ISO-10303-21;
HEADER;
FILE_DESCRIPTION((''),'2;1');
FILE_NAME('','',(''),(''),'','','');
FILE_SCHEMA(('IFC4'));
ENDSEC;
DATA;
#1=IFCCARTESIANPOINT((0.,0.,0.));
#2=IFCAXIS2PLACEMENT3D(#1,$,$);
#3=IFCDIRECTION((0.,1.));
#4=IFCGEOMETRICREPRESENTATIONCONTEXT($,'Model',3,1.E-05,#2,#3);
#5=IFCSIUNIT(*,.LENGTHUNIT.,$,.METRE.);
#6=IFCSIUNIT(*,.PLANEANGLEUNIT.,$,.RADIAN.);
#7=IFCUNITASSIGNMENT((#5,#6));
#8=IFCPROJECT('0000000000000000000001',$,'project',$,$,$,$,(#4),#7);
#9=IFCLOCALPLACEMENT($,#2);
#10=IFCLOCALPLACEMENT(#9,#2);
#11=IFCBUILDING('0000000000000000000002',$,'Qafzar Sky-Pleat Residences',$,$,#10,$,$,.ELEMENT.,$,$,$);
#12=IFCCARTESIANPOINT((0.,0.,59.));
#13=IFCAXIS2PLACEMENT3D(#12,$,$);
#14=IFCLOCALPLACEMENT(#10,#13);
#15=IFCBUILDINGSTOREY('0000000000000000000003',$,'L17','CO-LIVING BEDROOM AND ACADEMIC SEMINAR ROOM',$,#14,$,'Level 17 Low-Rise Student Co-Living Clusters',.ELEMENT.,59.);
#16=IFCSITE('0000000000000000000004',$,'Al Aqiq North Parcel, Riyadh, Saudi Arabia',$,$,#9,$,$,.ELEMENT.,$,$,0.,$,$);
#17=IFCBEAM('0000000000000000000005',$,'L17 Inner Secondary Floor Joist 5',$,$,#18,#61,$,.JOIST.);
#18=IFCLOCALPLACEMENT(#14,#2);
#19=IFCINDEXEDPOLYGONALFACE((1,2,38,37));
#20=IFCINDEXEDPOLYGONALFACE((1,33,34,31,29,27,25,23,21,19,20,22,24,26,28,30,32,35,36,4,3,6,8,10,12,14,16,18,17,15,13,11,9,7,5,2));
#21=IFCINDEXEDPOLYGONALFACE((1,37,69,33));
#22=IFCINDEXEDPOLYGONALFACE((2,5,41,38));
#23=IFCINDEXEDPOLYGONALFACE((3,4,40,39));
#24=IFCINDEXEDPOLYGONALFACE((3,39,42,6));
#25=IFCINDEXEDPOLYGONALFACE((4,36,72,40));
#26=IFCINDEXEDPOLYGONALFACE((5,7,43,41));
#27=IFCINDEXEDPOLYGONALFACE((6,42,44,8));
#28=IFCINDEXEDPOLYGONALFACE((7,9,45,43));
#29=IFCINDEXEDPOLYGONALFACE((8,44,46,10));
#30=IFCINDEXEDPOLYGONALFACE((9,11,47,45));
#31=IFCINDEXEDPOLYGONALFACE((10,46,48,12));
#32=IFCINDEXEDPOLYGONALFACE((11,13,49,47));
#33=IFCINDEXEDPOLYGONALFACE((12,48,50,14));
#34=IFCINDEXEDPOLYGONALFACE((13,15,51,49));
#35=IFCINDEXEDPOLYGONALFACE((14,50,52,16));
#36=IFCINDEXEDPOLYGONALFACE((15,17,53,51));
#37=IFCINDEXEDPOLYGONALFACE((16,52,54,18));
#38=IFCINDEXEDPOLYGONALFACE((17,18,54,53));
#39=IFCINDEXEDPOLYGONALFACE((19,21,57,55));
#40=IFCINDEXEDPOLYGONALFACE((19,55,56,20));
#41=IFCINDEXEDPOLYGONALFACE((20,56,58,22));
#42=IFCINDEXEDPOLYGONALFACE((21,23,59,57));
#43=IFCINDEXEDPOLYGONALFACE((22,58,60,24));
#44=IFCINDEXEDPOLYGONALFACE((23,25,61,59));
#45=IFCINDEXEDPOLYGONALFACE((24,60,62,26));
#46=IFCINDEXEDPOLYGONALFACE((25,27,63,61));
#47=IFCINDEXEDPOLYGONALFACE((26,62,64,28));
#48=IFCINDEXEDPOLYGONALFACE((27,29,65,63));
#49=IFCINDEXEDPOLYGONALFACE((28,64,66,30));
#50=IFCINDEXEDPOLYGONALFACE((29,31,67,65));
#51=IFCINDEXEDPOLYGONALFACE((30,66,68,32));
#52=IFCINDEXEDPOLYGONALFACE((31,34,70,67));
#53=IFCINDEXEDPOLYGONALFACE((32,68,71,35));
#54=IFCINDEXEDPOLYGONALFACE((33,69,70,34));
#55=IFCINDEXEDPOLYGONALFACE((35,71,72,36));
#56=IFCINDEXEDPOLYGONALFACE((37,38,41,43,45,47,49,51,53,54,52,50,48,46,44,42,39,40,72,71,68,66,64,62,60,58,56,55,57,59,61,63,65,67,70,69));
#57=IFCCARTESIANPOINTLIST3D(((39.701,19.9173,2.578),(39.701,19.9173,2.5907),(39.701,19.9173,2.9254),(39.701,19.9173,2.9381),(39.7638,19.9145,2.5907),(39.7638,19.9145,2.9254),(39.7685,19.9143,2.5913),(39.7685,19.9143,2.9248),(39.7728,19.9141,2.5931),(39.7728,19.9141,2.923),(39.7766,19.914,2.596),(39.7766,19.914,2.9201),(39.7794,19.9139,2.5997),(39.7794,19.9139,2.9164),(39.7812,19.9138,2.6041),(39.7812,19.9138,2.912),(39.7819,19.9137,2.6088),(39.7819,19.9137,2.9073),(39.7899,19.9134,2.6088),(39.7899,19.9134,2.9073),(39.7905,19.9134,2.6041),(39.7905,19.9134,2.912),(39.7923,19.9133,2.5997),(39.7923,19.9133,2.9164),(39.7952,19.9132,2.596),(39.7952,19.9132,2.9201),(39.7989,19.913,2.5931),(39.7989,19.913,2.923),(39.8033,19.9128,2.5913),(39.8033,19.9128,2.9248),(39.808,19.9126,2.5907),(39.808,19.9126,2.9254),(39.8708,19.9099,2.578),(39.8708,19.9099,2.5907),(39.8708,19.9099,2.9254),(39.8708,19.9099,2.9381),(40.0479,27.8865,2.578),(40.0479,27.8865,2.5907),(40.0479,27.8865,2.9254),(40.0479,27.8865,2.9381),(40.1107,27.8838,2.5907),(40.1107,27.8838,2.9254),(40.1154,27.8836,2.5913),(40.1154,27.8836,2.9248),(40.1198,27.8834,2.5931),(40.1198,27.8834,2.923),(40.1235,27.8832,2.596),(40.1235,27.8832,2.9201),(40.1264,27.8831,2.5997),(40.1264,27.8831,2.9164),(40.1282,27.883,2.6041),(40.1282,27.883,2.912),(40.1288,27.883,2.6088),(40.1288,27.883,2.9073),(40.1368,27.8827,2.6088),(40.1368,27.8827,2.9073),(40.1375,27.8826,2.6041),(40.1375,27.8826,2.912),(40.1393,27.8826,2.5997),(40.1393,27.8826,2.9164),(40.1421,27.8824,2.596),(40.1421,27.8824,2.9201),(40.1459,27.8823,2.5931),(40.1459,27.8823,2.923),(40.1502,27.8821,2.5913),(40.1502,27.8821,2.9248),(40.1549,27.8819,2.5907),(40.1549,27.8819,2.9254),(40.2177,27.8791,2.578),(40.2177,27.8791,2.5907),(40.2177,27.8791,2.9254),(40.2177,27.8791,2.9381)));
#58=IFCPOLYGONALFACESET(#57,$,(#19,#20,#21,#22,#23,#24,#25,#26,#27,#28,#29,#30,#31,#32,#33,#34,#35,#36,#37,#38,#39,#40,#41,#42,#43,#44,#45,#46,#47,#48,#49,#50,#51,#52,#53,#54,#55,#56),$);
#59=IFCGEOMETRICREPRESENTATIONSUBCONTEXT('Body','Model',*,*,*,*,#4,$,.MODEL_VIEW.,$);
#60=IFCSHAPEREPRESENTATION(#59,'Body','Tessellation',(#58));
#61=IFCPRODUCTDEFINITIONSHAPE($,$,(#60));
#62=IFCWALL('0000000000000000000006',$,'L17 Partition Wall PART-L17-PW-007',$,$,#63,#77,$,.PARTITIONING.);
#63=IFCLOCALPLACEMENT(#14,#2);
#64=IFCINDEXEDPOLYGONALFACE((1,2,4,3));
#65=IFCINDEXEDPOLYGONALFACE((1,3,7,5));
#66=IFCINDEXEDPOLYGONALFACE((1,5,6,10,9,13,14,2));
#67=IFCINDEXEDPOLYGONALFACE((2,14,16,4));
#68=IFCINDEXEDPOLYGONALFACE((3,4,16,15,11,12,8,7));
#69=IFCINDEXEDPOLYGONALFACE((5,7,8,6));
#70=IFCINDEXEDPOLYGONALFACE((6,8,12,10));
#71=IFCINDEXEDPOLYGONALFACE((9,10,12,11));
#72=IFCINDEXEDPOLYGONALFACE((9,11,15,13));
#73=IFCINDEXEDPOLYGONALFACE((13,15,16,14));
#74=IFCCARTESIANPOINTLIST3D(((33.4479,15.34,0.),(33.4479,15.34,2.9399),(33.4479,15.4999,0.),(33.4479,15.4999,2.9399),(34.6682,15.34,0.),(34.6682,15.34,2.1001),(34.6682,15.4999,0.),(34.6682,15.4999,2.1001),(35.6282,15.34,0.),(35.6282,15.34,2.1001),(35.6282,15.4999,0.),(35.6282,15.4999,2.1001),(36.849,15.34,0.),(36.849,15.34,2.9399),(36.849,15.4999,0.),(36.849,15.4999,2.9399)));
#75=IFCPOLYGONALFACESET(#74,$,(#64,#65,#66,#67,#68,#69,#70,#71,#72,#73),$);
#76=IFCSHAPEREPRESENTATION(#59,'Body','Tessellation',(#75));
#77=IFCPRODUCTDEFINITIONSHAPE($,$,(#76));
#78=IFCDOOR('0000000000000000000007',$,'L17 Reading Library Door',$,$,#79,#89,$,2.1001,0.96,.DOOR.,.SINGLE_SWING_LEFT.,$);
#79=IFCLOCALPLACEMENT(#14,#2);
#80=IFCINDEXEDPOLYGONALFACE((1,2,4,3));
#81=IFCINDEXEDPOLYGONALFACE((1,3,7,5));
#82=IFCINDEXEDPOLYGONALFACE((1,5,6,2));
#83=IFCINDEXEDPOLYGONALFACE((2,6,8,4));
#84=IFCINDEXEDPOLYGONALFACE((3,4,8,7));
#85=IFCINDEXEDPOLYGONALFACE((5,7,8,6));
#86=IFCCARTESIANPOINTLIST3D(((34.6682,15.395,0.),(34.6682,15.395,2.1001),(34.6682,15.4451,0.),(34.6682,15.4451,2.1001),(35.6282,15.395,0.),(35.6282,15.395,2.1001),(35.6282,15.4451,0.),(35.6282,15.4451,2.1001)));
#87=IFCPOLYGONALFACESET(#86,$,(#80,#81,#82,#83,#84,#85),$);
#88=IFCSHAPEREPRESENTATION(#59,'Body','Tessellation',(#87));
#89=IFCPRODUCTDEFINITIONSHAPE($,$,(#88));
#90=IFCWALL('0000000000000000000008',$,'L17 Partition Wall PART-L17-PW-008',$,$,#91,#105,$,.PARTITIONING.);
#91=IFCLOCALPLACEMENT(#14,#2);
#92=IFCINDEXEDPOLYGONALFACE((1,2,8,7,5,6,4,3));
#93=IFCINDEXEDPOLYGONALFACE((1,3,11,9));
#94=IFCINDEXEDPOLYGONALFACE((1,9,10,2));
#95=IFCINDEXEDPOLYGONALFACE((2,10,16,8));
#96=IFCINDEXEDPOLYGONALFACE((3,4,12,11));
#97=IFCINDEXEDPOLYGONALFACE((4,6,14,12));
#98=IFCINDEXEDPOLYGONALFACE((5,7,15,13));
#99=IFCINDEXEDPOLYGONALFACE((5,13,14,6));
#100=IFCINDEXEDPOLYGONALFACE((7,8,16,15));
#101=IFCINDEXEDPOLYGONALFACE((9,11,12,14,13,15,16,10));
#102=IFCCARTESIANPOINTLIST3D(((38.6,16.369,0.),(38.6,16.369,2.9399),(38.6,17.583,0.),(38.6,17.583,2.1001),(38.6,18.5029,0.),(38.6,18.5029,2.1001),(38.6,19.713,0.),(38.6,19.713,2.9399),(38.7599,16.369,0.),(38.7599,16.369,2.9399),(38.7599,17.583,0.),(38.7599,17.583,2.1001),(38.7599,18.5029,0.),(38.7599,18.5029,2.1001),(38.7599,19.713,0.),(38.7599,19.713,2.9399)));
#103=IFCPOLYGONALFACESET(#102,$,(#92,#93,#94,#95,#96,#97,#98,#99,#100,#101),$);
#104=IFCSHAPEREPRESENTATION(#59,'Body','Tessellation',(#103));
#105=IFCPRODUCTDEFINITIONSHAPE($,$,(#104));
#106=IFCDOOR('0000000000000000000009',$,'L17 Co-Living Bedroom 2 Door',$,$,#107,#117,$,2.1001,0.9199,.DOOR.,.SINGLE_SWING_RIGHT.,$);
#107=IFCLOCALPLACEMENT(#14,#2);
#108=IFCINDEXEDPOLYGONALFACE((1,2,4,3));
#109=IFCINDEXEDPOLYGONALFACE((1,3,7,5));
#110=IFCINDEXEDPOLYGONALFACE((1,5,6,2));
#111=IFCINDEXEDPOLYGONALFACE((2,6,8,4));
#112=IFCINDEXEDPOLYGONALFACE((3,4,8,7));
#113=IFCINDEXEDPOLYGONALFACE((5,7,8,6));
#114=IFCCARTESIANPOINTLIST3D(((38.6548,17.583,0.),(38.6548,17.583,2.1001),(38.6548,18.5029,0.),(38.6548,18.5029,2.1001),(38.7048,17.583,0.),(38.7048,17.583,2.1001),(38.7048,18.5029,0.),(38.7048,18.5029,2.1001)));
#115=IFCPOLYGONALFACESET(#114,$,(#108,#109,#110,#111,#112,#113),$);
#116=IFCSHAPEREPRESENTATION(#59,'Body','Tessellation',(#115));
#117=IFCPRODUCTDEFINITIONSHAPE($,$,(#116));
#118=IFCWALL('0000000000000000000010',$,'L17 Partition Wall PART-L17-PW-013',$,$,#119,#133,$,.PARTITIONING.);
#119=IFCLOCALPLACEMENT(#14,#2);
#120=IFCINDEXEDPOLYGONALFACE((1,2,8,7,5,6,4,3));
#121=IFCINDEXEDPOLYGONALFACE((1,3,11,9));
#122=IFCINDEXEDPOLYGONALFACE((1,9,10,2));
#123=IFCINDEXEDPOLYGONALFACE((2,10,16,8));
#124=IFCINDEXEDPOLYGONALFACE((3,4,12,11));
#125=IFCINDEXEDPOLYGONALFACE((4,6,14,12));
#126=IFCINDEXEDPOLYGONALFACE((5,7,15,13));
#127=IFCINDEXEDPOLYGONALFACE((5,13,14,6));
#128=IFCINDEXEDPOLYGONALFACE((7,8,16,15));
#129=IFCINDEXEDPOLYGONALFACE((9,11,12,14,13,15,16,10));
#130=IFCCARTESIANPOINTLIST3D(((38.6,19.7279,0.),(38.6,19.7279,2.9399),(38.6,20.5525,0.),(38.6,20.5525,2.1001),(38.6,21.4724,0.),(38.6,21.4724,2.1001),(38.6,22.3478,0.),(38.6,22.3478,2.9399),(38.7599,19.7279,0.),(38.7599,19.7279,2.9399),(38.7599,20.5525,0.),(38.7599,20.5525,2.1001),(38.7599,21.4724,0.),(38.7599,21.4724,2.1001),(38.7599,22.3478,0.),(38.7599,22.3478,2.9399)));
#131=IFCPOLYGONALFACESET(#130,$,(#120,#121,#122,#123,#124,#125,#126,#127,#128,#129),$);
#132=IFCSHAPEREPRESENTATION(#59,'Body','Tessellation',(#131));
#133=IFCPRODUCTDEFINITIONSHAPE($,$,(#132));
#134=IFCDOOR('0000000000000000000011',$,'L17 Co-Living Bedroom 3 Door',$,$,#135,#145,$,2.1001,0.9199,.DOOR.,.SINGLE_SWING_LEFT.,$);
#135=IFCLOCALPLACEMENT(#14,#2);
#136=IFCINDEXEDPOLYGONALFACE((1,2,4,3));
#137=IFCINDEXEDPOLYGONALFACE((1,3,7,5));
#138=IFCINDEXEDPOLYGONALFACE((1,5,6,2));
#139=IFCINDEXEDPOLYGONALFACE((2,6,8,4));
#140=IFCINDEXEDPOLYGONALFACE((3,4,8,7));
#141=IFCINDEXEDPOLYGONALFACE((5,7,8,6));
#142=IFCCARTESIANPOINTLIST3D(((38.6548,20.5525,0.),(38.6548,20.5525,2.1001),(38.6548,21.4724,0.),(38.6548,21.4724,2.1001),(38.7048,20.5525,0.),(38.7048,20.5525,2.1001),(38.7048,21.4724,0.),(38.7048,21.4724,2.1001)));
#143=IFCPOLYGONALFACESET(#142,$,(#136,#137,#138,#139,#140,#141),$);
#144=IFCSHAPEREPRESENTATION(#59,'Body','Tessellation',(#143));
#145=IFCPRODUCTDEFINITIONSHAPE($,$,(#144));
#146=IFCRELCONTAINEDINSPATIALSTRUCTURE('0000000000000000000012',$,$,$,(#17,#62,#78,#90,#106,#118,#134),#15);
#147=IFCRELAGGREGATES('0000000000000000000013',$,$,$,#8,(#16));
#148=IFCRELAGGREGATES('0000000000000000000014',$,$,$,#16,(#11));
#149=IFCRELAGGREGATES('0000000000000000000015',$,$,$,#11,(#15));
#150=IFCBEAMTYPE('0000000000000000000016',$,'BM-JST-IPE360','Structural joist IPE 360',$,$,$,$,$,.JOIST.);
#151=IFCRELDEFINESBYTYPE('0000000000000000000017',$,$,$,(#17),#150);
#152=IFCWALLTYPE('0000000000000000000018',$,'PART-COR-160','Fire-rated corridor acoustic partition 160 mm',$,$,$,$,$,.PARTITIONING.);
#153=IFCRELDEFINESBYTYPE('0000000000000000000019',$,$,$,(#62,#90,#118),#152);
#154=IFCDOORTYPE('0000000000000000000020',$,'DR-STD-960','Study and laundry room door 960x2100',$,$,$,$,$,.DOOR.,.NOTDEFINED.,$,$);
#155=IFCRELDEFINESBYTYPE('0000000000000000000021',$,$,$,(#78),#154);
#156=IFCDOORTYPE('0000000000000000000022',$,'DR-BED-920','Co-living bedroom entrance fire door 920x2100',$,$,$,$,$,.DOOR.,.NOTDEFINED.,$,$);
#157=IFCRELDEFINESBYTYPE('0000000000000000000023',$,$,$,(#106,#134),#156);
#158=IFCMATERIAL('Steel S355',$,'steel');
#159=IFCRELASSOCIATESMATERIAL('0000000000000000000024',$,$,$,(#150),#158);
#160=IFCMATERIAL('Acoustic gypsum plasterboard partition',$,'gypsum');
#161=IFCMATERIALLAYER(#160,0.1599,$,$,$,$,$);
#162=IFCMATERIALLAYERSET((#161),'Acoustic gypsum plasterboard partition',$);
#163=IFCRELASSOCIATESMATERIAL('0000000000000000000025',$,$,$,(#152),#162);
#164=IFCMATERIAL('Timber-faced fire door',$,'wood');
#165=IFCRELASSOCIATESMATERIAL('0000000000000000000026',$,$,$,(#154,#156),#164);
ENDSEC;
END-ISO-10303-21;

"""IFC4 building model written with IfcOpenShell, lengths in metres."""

from ifc_helpers import new_model, si_unit, direction, frame, frame_2d, origin, origin_2d, place, context, subcontext, project, spatial, rectangle, i_section, extrude, source, transform, mapped, material, layer, layer_set, material_profile, profile_set, type_object, element, fill, save


model = new_model("IFC4")

# Units and contexts
model_context = context("Model", 3, precision=1e-05, world=origin(), true_north=direction((0.0, 1.0)))
body_context = subcontext(model_context, "Body", "Model", "MODEL_VIEW")
ifc_project = project(units=[si_unit("LENGTHUNIT", "METRE"), si_unit("PLANEANGLEUNIT", "RADIAN")], contexts=[model_context])

# Site, building, storey
site_placement = place(None, origin())
site = spatial("IfcSite", under=ifc_project, at=site_placement, Name="Al Aqiq North Parcel, Riyadh, Saudi Arabia", CompositionType="ELEMENT", RefElevation=0.0)
building_placement = place(site_placement, origin())
building = spatial("IfcBuilding", under=site, at=building_placement, Name="Qafzar Sky-Pleat Residences", CompositionType="ELEMENT")
storey_placement = place(building_placement, frame((0.0, 0.0, 59.0)))
storey = spatial("IfcBuildingStorey", under=building, at=storey_placement, Name="L17", Description="CO-LIVING BEDROOM AND ACADEMIC SEMINAR ROOM", LongName="Level 17 Low-Rise Student Co-Living Clusters", CompositionType="ELEMENT", Elevation=59.0)

# Beam
ifc_material_1 = material(Name="Steel S355", Category="steel")
ifc_material_profile = material_profile(ifc_material_1, i_section(OverallWidth=0.1699, OverallDepth=0.3601, WebThickness=0.0081, FlangeThickness=0.0127, FilletRadius=0.0181, at=origin_2d()), Name="IPE 360")
ifc_profile_set = profile_set([ifc_material_profile], Name="Steel S355")
beam_type = type_object("IfcBeamType", Name="BM-JST-IPE360", Description="Structural joist IPE 360", PredefinedType="JOIST", material=ifc_profile_set)
shared_shape_1 = source(origin(), body_context, "Body", "SweptSolid", [
    extrude(i_section(OverallWidth=0.1699, OverallDepth=0.3601, WebThickness=0.0081, FlangeThickness=0.0127, FilletRadius=0.0181, at=origin_2d()), origin(), (0.0, 0.0, 1.0), 7.9768),
])
beam_placement = place(storey_placement, frame((39.7859, 19.9136, 2.7581), z_axis=(0.043492, 0.999054, 0.0), x_axis=(-0.999054, 0.043492, 0.0)))
element("IfcBeam", 1, at=beam_placement, inside=storey, type_object=beam_type, Name="L17 Inner Secondary Floor Joist 5", PredefinedType="JOIST", context=body_context, shape_type="MappedRepresentation", body=[
    mapped(shared_shape_1, transform((0.0, 0.0, 0.0), x_axis=(1.0, 0.0, 0.0), y_axis=(0.0, 1.0, 0.0), z_axis=(0.0, 0.0, 1.0), scale=1.0)),
])

# Walls, openings, doors
ifc_material_2 = material(Name="Acoustic gypsum plasterboard partition", Category="gypsum")
ifc_layer_1 = layer(ifc_material_2, 0.1599)
ifc_layer_set_1 = layer_set([ifc_layer_1], Name="Acoustic gypsum plasterboard partition")
wall_type_1 = type_object("IfcWallType", Name="PART-COR-160", Description="Fire-rated corridor acoustic partition 160 mm", PredefinedType="PARTITIONING", material=ifc_layer_set_1)
wall_1_placement = place(storey_placement, frame((36.8491, 15.4199, 0.0), z_axis=(0.0, 0.0, 1.0), x_axis=(-1.0, 0.0, 0.0)))
wall_1 = element("IfcWall", 2, at=wall_1_placement, inside=storey, type_object=wall_type_1, Name="L17 Partition Wall PART-L17-PW-007", PredefinedType="PARTITIONING", context=body_context, shape_type="SweptSolid", body=[
    extrude(rectangle(XDim=3.4011, YDim=0.1599, at=frame_2d((1.7007, 0.0))), origin(), (0.0, 0.0, 1.0), 2.9399),
])
opening_1_placement = place(wall_1_placement, frame((1.2209, 0.0, 0.0)))
opening_1 = element("IfcOpeningElement", 3, at=opening_1_placement, cuts=wall_1, PredefinedType="OPENING", context=body_context, shape_type="SweptSolid", body=[
    extrude(rectangle(XDim=0.96, YDim=2.1001, at=frame_2d((0.48, 1.05))), frame((0.0, 0.0898, 0.0), z_axis=(0.0, -1.0, 0.0), x_axis=(1.0, 0.0, 0.0)), (0.0, 0.0, 1.0), 0.1799),
])
ifc_material_3 = material(Name="Timber-faced fire door", Category="wood")
door_type_1 = type_object("IfcDoorType", Name="DR-STD-960", Description="Study and laundry room door 960x2100", OperationType="NOTDEFINED", PredefinedType="DOOR", material=ifc_material_3)
shared_shape_2 = source(origin(), body_context, "Body", "SweptSolid", [
    extrude(rectangle(XDim=0.96, YDim=2.1001, at=frame_2d((0.48, 1.05))), frame((0.0, 0.0249, 0.0), z_axis=(0.0, -1.0, 0.0), x_axis=(1.0, 0.0, 0.0)), (0.0, 0.0, 1.0), 0.05),
])
door_1_placement = place(opening_1_placement, origin())
door_1 = element("IfcDoor", 4, at=door_1_placement, inside=storey, type_object=door_type_1, Name="L17 Reading Library Door", OperationType="SINGLE_SWING_LEFT", OverallHeight=2.1001, OverallWidth=0.96, PredefinedType="DOOR", context=body_context, shape_type="MappedRepresentation", body=[
    mapped(shared_shape_2, transform((0.0, 0.0, 0.0), x_axis=(1.0, 0.0, 0.0), y_axis=(0.0, 1.0, 0.0), z_axis=(0.0, 0.0, 1.0), scale=1.0)),
])
fill(opening_1, door_1)
wall_2_placement = place(storey_placement, frame((38.6799, 19.7129, 0.0), z_axis=(0.0, 0.0, 1.0), x_axis=(0.0, -1.0, 0.0)))
wall_2 = element("IfcWall", 5, at=wall_2_placement, inside=storey, type_object=wall_type_1, Name="L17 Partition Wall PART-L17-PW-008", PredefinedType="PARTITIONING", context=body_context, shape_type="SweptSolid", body=[
    extrude(rectangle(XDim=3.344, YDim=0.1599, at=frame_2d((1.6719, 0.0))), origin(), (0.0, 0.0, 1.0), 2.9399),
])
opening_2_placement = place(wall_2_placement, frame((1.21, 0.0, 0.0)))
opening_2 = element("IfcOpeningElement", 6, at=opening_2_placement, cuts=wall_2, PredefinedType="OPENING", context=body_context, shape_type="SweptSolid", body=[
    extrude(rectangle(XDim=0.9199, YDim=2.1001, at=frame_2d((0.46, 1.05))), frame((0.0, 0.0898, 0.0), z_axis=(0.0, -1.0, 0.0), x_axis=(1.0, 0.0, 0.0)), (0.0, 0.0, 1.0), 0.1799),
])
door_type_2 = type_object("IfcDoorType", Name="DR-BED-920", Description="Co-living bedroom entrance fire door 920x2100", OperationType="NOTDEFINED", PredefinedType="DOOR", material=ifc_material_3)
shared_shape_3 = source(origin(), body_context, "Body", "SweptSolid", [
    extrude(rectangle(XDim=0.9199, YDim=2.1001, at=frame_2d((0.46, 1.05))), frame((0.0, 0.0249, 0.0), z_axis=(0.0, -1.0, 0.0), x_axis=(1.0, 0.0, 0.0)), (0.0, 0.0, 1.0), 0.05),
])
door_2_placement = place(opening_2_placement, origin())
door_2 = element("IfcDoor", 7, at=door_2_placement, inside=storey, type_object=door_type_2, Name="L17 Co-Living Bedroom 2 Door", OperationType="SINGLE_SWING_RIGHT", OverallHeight=2.1001, OverallWidth=0.9199, PredefinedType="DOOR", context=body_context, shape_type="MappedRepresentation", body=[
    mapped(shared_shape_3, transform((0.0, 0.0, 0.0), x_axis=(1.0, 0.0, 0.0), y_axis=(0.0, 1.0, 0.0), z_axis=(0.0, 0.0, 1.0), scale=1.0)),
])
fill(opening_2, door_2)
wall_3_placement = place(storey_placement, frame((38.6799, 22.3479, 0.0), z_axis=(0.0, 0.0, 1.0), x_axis=(0.0, -1.0, 0.0)))
wall_3 = element("IfcWall", 8, at=wall_3_placement, inside=storey, type_object=wall_type_1, Name="L17 Partition Wall PART-L17-PW-013", PredefinedType="PARTITIONING", context=body_context, shape_type="SweptSolid", body=[
    extrude(rectangle(XDim=2.6199, YDim=0.1599, at=frame_2d((1.3101, 0.0))), origin(), (0.0, 0.0, 1.0), 2.9399),
])
opening_3_placement = place(wall_3_placement, frame((0.8755, 0.0, 0.0)))
opening_3 = element("IfcOpeningElement", 9, at=opening_3_placement, cuts=wall_3, PredefinedType="OPENING", context=body_context, shape_type="SweptSolid", body=[
    extrude(rectangle(XDim=0.9199, YDim=2.1001, at=frame_2d((0.46, 1.05))), frame((0.0, 0.0898, 0.0), z_axis=(0.0, -1.0, 0.0), x_axis=(1.0, 0.0, 0.0)), (0.0, 0.0, 1.0), 0.1799),
])
door_3_placement = place(opening_3_placement, origin())
door_3 = element("IfcDoor", 10, at=door_3_placement, inside=storey, type_object=door_type_2, Name="L17 Co-Living Bedroom 3 Door", OperationType="SINGLE_SWING_LEFT", OverallHeight=2.1001, OverallWidth=0.9199, PredefinedType="DOOR", context=body_context, shape_type="MappedRepresentation", body=[
    mapped(shared_shape_3, transform((0.0, 0.0, 0.0), x_axis=(1.0, 0.0, 0.0), y_axis=(0.0, 1.0, 0.0), z_axis=(0.0, 0.0, 1.0), scale=1.0)),
])
fill(opening_3, door_3)

save(model, "model.ifc")
